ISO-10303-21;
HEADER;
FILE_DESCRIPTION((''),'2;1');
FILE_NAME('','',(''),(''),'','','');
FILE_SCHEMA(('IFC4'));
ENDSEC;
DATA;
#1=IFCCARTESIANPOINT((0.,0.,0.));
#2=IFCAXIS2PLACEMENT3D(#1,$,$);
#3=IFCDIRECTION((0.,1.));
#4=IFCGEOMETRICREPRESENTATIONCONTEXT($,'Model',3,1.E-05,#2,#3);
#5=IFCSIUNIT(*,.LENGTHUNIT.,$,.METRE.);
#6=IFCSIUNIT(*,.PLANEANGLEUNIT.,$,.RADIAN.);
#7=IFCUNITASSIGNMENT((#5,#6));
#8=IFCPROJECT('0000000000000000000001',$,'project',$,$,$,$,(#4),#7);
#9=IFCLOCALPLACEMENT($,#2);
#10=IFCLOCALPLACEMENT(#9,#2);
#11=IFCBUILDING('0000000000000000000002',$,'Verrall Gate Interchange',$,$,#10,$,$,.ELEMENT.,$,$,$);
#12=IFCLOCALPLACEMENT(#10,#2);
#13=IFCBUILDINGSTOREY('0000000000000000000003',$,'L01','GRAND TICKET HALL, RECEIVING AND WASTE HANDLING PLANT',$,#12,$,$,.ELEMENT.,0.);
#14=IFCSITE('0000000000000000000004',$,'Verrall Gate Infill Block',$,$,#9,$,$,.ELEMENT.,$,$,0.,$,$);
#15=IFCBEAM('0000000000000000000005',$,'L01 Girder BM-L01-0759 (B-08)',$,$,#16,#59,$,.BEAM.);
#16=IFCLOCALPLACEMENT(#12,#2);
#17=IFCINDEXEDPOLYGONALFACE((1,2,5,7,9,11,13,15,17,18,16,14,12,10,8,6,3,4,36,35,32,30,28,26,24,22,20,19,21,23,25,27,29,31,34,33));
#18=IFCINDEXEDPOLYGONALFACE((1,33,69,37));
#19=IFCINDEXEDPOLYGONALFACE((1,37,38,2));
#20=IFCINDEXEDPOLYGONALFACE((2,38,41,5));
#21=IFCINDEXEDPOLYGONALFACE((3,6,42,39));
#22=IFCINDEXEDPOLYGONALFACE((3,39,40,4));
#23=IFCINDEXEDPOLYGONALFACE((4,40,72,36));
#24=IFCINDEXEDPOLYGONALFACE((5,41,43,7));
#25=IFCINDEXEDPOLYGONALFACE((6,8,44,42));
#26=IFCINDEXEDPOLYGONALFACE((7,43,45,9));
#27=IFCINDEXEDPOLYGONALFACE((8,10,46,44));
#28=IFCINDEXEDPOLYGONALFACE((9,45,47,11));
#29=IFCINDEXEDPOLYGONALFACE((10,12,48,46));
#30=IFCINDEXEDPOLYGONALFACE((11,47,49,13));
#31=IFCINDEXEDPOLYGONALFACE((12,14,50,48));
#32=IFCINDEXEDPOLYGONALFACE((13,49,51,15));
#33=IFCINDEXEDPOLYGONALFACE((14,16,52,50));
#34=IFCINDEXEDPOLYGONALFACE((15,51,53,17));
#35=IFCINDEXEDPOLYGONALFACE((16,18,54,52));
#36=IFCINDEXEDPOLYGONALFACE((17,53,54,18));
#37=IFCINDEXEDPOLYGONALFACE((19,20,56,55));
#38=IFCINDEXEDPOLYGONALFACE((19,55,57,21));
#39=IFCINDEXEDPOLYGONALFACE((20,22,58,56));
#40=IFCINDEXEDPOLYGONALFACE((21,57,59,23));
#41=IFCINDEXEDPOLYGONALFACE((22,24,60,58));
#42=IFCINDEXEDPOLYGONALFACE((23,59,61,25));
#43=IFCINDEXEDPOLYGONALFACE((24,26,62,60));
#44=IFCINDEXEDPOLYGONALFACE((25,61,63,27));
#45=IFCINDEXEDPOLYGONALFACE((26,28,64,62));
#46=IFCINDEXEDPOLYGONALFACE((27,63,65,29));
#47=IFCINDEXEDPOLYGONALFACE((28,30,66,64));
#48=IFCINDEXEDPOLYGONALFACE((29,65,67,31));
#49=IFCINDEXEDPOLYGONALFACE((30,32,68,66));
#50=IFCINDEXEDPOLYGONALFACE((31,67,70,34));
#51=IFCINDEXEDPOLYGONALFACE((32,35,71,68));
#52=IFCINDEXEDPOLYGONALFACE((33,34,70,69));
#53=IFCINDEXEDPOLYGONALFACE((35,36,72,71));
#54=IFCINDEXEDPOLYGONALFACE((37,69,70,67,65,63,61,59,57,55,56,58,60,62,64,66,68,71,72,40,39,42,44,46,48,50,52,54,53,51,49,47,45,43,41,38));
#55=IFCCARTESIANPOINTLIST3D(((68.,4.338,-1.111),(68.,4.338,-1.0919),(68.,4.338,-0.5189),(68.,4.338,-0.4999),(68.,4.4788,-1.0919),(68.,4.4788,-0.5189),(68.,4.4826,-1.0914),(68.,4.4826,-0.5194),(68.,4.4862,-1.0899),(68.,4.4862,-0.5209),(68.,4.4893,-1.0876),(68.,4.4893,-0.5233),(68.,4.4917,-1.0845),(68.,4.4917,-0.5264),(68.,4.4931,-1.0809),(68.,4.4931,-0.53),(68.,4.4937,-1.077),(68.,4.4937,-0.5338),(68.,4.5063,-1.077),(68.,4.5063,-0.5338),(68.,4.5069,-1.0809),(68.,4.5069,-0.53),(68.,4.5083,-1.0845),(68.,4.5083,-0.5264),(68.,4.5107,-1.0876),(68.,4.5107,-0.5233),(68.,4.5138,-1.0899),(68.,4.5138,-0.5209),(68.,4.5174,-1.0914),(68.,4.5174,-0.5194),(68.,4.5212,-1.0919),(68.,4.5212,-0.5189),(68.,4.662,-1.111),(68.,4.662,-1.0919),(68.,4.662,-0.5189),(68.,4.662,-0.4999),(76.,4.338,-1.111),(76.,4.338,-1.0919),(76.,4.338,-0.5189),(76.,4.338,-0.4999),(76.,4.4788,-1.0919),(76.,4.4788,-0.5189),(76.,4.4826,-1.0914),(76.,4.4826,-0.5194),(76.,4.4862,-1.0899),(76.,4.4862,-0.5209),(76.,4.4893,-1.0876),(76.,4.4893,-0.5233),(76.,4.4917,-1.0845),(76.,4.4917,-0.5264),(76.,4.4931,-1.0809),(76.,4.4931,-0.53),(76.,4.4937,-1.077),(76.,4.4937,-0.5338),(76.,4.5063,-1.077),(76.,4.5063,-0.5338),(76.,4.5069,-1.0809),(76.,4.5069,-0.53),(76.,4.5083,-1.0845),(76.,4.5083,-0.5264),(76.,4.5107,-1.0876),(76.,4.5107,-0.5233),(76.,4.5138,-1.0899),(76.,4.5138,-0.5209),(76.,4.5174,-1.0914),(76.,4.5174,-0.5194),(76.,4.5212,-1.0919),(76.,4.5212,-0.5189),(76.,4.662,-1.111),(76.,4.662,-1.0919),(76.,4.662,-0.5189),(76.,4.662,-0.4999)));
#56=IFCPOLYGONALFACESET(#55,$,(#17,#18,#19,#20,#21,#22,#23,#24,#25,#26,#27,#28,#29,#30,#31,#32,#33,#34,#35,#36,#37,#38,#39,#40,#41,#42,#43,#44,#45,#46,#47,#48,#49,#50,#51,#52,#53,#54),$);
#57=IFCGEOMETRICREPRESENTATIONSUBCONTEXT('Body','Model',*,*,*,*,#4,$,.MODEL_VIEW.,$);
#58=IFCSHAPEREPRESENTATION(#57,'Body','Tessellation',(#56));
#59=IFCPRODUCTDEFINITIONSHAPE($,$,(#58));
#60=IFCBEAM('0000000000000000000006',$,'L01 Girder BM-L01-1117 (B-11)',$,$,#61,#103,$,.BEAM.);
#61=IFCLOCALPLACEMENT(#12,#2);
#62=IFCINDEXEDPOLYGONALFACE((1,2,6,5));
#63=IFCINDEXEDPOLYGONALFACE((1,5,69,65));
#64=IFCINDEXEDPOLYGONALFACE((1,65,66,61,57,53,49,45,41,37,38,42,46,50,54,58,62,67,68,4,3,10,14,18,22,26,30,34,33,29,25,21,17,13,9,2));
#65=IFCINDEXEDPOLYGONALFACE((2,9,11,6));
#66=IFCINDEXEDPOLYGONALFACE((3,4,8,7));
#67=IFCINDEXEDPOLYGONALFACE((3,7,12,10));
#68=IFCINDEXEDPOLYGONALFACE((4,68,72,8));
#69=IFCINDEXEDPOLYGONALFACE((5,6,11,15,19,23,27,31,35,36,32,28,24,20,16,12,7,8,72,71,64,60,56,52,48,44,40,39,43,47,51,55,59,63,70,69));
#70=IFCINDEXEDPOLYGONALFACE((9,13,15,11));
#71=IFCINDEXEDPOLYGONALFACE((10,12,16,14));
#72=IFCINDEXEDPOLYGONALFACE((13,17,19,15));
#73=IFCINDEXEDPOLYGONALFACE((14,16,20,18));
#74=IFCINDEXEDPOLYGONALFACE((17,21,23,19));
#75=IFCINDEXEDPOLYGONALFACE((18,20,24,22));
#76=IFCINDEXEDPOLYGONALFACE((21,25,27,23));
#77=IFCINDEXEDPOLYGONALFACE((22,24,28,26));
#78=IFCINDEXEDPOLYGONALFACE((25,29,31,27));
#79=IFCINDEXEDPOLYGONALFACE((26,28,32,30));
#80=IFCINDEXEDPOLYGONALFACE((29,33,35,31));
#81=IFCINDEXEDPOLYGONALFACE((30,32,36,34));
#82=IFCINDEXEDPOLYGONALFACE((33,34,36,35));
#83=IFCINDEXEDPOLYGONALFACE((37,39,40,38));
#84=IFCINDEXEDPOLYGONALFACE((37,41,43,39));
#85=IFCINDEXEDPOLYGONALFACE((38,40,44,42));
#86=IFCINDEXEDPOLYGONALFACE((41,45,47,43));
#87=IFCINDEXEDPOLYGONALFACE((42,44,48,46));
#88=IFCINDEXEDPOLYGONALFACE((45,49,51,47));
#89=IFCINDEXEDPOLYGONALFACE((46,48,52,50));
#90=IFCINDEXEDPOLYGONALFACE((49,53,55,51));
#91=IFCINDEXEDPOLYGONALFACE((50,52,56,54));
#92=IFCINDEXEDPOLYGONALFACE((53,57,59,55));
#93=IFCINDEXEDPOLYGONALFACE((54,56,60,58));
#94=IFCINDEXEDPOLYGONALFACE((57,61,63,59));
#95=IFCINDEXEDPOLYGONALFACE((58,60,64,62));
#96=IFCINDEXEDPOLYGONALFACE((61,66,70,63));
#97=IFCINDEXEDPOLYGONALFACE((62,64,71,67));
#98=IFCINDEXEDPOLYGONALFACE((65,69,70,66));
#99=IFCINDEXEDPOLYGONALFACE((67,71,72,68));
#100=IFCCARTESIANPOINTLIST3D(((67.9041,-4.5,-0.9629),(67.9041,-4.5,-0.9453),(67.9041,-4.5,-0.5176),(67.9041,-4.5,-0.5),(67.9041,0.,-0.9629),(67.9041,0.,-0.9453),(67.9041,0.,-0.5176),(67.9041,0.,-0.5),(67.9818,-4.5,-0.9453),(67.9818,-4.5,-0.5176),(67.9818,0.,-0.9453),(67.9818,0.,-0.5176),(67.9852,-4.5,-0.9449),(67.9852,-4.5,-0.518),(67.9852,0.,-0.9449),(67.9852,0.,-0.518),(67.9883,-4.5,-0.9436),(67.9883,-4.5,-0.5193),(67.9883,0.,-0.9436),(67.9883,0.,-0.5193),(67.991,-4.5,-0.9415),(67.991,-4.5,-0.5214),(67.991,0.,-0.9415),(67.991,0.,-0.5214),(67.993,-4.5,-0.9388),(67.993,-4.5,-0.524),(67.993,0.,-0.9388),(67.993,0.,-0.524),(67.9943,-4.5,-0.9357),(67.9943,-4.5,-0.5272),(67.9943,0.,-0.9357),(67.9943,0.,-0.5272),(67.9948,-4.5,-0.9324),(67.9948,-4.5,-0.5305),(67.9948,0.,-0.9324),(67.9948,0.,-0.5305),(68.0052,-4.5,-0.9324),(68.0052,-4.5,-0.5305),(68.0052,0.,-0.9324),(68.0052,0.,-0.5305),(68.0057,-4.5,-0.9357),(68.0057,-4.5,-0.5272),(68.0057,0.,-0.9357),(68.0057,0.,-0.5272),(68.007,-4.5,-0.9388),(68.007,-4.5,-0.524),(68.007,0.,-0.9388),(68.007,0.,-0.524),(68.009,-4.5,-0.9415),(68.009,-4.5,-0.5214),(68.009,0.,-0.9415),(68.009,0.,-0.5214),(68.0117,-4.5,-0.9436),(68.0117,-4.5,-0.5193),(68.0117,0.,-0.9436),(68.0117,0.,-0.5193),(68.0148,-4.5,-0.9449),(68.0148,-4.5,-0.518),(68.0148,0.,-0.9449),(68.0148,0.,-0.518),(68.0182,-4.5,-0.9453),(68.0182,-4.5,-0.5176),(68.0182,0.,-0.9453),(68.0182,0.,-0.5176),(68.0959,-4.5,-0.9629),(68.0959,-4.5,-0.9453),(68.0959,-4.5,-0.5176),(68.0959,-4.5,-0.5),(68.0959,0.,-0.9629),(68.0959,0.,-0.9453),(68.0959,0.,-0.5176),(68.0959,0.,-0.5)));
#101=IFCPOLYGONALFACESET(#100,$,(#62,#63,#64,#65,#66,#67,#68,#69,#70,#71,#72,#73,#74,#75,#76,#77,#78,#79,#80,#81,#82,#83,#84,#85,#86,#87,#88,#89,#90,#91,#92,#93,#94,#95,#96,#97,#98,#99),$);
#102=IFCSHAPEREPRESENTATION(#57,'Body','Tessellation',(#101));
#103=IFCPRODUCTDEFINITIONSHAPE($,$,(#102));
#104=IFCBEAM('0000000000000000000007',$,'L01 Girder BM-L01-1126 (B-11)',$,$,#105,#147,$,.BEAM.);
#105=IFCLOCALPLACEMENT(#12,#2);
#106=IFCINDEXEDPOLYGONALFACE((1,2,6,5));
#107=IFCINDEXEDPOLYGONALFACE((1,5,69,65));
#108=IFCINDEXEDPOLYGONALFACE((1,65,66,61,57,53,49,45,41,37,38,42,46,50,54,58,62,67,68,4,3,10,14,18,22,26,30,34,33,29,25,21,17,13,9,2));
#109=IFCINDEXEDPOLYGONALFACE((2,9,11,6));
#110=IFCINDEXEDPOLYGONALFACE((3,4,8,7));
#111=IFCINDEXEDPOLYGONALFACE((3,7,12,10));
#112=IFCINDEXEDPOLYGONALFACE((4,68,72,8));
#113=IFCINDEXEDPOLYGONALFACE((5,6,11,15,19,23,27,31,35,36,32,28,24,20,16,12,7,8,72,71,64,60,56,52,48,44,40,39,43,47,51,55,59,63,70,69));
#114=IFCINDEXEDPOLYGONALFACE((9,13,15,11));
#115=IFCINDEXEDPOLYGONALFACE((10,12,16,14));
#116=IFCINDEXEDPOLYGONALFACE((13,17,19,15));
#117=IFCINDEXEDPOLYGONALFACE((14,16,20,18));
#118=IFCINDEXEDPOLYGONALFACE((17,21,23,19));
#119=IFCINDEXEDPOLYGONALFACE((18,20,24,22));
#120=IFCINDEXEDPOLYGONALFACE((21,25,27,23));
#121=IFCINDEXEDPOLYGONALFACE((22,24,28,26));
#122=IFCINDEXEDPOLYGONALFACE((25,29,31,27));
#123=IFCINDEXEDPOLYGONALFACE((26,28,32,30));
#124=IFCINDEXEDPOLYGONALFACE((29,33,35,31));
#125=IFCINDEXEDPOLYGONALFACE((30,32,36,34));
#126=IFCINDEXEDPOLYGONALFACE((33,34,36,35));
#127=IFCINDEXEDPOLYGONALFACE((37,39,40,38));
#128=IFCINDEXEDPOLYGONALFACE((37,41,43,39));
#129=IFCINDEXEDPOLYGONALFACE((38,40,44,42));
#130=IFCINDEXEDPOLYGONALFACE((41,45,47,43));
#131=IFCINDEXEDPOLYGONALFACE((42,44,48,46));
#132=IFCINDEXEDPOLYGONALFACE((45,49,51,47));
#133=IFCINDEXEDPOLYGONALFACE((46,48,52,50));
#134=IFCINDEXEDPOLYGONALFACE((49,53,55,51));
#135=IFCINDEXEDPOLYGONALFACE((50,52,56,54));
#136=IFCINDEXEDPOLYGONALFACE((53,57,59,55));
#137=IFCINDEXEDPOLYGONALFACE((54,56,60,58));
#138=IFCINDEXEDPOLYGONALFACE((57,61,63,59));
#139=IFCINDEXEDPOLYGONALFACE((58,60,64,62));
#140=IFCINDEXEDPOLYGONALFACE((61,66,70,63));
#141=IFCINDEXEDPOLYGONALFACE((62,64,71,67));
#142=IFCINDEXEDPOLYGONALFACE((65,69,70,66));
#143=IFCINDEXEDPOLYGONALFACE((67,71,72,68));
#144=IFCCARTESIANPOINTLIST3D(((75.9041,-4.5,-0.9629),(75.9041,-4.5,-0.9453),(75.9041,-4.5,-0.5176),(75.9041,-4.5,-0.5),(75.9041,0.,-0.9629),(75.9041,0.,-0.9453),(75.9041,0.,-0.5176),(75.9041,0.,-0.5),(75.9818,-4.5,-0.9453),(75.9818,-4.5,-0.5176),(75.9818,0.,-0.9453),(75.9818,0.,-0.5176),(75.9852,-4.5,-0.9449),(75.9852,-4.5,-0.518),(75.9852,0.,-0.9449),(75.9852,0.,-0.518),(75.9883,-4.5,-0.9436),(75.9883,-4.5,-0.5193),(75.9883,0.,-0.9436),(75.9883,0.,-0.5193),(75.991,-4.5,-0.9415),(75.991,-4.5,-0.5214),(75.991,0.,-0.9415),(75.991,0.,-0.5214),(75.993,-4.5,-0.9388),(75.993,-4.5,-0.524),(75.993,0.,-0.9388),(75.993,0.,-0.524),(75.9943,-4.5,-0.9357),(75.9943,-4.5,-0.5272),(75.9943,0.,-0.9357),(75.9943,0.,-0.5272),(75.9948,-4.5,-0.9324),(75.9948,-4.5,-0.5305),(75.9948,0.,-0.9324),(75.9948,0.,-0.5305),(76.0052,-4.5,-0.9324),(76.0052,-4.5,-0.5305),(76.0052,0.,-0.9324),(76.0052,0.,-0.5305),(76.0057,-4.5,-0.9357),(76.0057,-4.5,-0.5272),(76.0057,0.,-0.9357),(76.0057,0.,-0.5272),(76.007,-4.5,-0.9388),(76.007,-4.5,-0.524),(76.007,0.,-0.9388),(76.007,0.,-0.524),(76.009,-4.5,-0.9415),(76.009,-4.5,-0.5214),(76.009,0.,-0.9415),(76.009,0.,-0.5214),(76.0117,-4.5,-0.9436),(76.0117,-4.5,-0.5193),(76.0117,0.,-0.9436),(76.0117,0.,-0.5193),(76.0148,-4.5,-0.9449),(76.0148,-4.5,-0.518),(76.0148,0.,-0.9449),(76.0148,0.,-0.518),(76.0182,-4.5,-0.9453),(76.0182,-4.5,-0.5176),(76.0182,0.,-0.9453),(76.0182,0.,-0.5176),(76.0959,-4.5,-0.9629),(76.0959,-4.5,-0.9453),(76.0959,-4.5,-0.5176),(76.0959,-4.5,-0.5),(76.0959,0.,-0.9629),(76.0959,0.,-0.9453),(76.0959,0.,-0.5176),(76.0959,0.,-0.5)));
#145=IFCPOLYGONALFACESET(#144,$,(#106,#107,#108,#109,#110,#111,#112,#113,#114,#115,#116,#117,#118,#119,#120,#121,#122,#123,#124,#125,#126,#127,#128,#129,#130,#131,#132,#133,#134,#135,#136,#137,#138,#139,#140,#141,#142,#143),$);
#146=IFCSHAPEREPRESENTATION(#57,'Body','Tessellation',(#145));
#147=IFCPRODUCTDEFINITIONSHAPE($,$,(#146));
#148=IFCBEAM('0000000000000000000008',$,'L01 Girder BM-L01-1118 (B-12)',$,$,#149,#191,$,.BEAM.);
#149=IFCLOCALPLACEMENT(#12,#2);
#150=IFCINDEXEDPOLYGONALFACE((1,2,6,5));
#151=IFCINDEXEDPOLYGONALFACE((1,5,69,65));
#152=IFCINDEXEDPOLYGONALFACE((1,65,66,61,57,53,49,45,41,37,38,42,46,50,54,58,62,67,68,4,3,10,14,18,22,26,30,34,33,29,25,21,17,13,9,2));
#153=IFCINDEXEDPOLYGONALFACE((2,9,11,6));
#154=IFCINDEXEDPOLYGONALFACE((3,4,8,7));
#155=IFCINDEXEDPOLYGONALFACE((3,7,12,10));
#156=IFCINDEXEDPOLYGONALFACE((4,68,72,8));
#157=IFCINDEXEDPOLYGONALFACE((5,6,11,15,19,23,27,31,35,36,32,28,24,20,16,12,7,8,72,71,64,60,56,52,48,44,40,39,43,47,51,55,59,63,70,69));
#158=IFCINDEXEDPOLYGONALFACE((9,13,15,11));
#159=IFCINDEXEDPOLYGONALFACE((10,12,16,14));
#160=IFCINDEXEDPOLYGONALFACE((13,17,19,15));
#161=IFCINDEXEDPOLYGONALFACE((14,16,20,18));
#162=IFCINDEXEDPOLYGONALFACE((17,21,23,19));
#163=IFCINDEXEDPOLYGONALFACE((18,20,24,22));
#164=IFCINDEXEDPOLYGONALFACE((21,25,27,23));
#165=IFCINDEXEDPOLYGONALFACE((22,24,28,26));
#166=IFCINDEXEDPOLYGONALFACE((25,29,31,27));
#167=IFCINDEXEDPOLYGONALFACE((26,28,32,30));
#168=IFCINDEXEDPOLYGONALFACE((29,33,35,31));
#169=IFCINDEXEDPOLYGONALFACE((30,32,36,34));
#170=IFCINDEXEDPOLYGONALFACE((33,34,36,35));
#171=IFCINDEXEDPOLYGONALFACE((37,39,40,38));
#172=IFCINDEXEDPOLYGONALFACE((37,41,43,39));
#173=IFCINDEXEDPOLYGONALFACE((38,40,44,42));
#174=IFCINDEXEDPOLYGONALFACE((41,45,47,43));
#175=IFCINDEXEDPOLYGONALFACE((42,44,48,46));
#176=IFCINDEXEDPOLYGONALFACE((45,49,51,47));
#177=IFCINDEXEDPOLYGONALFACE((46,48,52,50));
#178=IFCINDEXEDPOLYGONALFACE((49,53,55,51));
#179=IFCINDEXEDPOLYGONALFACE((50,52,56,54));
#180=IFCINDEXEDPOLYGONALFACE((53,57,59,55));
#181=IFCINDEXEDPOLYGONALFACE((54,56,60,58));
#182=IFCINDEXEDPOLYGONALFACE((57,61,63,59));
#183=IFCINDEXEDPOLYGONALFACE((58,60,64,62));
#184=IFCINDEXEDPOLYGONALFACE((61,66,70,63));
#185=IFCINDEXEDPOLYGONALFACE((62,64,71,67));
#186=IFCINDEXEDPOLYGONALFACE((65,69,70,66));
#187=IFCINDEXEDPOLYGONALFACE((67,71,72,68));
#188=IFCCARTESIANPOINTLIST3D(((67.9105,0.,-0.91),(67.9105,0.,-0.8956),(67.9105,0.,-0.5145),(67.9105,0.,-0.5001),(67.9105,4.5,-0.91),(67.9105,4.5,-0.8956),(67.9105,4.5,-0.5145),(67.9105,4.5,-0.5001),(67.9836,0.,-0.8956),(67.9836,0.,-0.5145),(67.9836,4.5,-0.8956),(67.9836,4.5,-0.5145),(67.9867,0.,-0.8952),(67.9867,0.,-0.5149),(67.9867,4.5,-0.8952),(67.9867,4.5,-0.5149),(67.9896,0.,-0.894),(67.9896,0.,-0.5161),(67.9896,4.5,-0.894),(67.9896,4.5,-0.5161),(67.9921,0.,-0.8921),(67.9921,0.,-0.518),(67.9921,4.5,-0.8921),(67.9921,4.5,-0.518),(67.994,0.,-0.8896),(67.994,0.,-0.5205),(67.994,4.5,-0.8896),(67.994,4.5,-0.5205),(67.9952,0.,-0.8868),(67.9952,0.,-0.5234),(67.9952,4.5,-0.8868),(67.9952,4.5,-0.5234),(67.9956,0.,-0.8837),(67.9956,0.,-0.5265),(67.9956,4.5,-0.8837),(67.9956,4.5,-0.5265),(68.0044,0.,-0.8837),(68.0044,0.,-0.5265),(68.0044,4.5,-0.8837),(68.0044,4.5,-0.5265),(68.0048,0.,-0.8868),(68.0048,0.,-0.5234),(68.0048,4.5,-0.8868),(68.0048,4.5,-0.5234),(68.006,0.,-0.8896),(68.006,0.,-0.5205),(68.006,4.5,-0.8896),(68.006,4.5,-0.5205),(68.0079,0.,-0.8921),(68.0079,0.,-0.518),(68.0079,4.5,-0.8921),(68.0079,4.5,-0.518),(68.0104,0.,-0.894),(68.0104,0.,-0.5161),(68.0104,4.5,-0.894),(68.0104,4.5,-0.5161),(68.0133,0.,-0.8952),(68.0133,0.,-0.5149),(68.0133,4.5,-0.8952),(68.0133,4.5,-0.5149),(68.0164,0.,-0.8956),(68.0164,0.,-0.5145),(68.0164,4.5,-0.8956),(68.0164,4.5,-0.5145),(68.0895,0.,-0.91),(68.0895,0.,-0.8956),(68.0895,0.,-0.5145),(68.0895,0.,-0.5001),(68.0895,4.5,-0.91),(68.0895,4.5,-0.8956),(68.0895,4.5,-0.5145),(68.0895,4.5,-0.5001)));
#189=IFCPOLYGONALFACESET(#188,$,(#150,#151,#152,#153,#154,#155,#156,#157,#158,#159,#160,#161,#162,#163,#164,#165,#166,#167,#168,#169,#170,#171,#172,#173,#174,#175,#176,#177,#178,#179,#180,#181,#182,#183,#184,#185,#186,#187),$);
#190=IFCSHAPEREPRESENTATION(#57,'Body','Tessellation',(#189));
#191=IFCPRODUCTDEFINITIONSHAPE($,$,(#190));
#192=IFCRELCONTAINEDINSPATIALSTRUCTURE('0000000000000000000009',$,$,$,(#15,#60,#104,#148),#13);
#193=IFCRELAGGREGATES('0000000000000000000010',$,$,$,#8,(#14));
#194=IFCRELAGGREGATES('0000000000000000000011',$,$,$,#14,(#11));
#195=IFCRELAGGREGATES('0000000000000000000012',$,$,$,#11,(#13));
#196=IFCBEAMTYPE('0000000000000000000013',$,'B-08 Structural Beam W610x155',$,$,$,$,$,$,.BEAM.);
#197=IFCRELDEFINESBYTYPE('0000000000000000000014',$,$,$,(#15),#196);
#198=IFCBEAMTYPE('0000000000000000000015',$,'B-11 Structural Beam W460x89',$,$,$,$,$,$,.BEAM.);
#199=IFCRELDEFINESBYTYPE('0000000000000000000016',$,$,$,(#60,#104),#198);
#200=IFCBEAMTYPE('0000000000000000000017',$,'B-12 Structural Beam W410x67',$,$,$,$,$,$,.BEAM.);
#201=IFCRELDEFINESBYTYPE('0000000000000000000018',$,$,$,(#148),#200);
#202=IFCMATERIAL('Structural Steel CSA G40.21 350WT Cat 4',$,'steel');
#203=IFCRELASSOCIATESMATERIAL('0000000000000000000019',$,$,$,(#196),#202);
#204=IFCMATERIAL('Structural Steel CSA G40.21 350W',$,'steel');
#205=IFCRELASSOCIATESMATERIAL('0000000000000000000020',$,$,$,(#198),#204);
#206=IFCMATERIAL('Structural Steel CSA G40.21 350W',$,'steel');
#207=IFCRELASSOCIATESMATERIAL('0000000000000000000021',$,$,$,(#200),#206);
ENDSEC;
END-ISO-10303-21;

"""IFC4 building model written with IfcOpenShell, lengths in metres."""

from ifc_helpers import new_model, si_unit, direction, frame, origin, origin_2d, place, context, subcontext, project, spatial, i_section, extrude, material, material_profile, profile_set, type_object, element, save


model = new_model("IFC4")

# Units and contexts
model_context = context("Model", 3, precision=1e-05, world=origin(), true_north=direction((0.0, 1.0)))
body_context = subcontext(model_context, "Body", "Model", "MODEL_VIEW")
ifc_project = project(units=[si_unit("LENGTHUNIT", "METRE"), si_unit("PLANEANGLEUNIT", "RADIAN")], contexts=[model_context])

# Site, building, storey
site_placement = place(None, origin())
site = spatial("IfcSite", under=ifc_project, at=site_placement, Name="Verrall Gate Infill Block", CompositionType="ELEMENT", RefElevation=0.0)
building_placement = place(site_placement, origin())
building = spatial("IfcBuilding", under=site, at=building_placement, Name="Verrall Gate Interchange", CompositionType="ELEMENT")
storey_placement = place(building_placement, origin())
storey = spatial("IfcBuildingStorey", under=building, at=storey_placement, Name="L01", Description="GRAND TICKET HALL, RECEIVING AND WASTE HANDLING PLANT", CompositionType="ELEMENT", Elevation=0.0)

# Beams
ifc_material_1 = material(Name="Structural Steel CSA G40.21 350WT Cat 4", Category="steel")
ifc_material_profile_1 = material_profile(ifc_material_1, i_section(OverallWidth=0.324, OverallDepth=0.6111, WebThickness=0.0127, FlangeThickness=0.019, FilletRadius=0.0149, at=origin_2d()), Name="W610x155")
ifc_profile_set_1 = profile_set([ifc_material_profile_1], Name="Structural Steel CSA G40.21 350WT Cat 4")
beam_type_1 = type_object("IfcBeamType", Name="B-08 Structural Beam W610x155", PredefinedType="BEAM", material=ifc_profile_set_1)
for number, where, z_axis, x_axis, name in (
    (1, (68.0, 4.5, -0.8054), (1.0, 0.0, 0.0), (0.0, 1.0, 0.0), "L01 Girder BM-L01-0759 (B-08)"),
):
    element("IfcBeam", number, at=place(storey_placement, frame(where, z_axis=z_axis, x_axis=x_axis)), inside=storey, type_object=beam_type_1, Name=name, PredefinedType="BEAM", context=body_context, shape_type="SweptSolid", body=[
        extrude(i_section(OverallWidth=0.324, OverallDepth=0.6111, WebThickness=0.0127, FlangeThickness=0.019, FilletRadius=0.0149, at=origin_2d()), origin(), (0.0, 0.0, 1.0), 8.0),
    ])
ifc_material_2 = material(Name="Structural Steel CSA G40.21 350W", Category="steel")
ifc_material_profile_2 = material_profile(ifc_material_2, i_section(OverallWidth=0.1919, OverallDepth=0.4629, WebThickness=0.0105, FlangeThickness=0.0176, FilletRadius=0.0129, at=origin_2d()), Name="W460x89")
ifc_profile_set_2 = profile_set([ifc_material_profile_2], Name="Structural Steel CSA G40.21 350W")
beam_type_2 = type_object("IfcBeamType", Name="B-11 Structural Beam W460x89", PredefinedType="BEAM", material=ifc_profile_set_2)
for number, where, z_axis, x_axis, name in (
    (2, (68.0, -4.5, -0.7314), (0.0, 1.0, 0.0), (-1.0, 0.0, 0.0), "L01 Girder BM-L01-1117 (B-11)"),
    (3, (76.0, -4.5, -0.7314), (0.0, 1.0, 0.0), (-1.0, 0.0, 0.0), "L01 Girder BM-L01-1126 (B-11)"),
):
    element("IfcBeam", number, at=place(storey_placement, frame(where, z_axis=z_axis, x_axis=x_axis)), inside=storey, type_object=beam_type_2, Name=name, PredefinedType="BEAM", context=body_context, shape_type="SweptSolid", body=[
        extrude(i_section(OverallWidth=0.1919, OverallDepth=0.4629, WebThickness=0.0105, FlangeThickness=0.0176, FilletRadius=0.0129, at=origin_2d()), origin(), (0.0, 0.0, 1.0), 4.5),
    ])
ifc_material_3 = material(Name="Structural Steel CSA G40.21 350W", Category="steel")
ifc_material_profile_3 = material_profile(ifc_material_3, i_section(OverallWidth=0.179, OverallDepth=0.4099, WebThickness=0.0088, FlangeThickness=0.0144, FilletRadius=0.012, at=origin_2d()), Name="W410x67")
ifc_profile_set_3 = profile_set([ifc_material_profile_3], Name="Structural Steel CSA G40.21 350W")
beam_type_3 = type_object("IfcBeamType", Name="B-12 Structural Beam W410x67", PredefinedType="BEAM", material=ifc_profile_set_3)
for number, where, z_axis, x_axis, name in (
    (4, (68.0, 0.0, -0.7051), (0.0, 1.0, 0.0), (-1.0, 0.0, 0.0), "L01 Girder BM-L01-1118 (B-12)"),
):
    element("IfcBeam", number, at=place(storey_placement, frame(where, z_axis=z_axis, x_axis=x_axis)), inside=storey, type_object=beam_type_3, Name=name, PredefinedType="BEAM", context=body_context, shape_type="SweptSolid", body=[
        extrude(i_section(OverallWidth=0.179, OverallDepth=0.4099, WebThickness=0.0088, FlangeThickness=0.0144, FilletRadius=0.012, at=origin_2d()), origin(), (0.0, 0.0, 1.0), 4.5),
    ])

save(model, "model.ifc")
